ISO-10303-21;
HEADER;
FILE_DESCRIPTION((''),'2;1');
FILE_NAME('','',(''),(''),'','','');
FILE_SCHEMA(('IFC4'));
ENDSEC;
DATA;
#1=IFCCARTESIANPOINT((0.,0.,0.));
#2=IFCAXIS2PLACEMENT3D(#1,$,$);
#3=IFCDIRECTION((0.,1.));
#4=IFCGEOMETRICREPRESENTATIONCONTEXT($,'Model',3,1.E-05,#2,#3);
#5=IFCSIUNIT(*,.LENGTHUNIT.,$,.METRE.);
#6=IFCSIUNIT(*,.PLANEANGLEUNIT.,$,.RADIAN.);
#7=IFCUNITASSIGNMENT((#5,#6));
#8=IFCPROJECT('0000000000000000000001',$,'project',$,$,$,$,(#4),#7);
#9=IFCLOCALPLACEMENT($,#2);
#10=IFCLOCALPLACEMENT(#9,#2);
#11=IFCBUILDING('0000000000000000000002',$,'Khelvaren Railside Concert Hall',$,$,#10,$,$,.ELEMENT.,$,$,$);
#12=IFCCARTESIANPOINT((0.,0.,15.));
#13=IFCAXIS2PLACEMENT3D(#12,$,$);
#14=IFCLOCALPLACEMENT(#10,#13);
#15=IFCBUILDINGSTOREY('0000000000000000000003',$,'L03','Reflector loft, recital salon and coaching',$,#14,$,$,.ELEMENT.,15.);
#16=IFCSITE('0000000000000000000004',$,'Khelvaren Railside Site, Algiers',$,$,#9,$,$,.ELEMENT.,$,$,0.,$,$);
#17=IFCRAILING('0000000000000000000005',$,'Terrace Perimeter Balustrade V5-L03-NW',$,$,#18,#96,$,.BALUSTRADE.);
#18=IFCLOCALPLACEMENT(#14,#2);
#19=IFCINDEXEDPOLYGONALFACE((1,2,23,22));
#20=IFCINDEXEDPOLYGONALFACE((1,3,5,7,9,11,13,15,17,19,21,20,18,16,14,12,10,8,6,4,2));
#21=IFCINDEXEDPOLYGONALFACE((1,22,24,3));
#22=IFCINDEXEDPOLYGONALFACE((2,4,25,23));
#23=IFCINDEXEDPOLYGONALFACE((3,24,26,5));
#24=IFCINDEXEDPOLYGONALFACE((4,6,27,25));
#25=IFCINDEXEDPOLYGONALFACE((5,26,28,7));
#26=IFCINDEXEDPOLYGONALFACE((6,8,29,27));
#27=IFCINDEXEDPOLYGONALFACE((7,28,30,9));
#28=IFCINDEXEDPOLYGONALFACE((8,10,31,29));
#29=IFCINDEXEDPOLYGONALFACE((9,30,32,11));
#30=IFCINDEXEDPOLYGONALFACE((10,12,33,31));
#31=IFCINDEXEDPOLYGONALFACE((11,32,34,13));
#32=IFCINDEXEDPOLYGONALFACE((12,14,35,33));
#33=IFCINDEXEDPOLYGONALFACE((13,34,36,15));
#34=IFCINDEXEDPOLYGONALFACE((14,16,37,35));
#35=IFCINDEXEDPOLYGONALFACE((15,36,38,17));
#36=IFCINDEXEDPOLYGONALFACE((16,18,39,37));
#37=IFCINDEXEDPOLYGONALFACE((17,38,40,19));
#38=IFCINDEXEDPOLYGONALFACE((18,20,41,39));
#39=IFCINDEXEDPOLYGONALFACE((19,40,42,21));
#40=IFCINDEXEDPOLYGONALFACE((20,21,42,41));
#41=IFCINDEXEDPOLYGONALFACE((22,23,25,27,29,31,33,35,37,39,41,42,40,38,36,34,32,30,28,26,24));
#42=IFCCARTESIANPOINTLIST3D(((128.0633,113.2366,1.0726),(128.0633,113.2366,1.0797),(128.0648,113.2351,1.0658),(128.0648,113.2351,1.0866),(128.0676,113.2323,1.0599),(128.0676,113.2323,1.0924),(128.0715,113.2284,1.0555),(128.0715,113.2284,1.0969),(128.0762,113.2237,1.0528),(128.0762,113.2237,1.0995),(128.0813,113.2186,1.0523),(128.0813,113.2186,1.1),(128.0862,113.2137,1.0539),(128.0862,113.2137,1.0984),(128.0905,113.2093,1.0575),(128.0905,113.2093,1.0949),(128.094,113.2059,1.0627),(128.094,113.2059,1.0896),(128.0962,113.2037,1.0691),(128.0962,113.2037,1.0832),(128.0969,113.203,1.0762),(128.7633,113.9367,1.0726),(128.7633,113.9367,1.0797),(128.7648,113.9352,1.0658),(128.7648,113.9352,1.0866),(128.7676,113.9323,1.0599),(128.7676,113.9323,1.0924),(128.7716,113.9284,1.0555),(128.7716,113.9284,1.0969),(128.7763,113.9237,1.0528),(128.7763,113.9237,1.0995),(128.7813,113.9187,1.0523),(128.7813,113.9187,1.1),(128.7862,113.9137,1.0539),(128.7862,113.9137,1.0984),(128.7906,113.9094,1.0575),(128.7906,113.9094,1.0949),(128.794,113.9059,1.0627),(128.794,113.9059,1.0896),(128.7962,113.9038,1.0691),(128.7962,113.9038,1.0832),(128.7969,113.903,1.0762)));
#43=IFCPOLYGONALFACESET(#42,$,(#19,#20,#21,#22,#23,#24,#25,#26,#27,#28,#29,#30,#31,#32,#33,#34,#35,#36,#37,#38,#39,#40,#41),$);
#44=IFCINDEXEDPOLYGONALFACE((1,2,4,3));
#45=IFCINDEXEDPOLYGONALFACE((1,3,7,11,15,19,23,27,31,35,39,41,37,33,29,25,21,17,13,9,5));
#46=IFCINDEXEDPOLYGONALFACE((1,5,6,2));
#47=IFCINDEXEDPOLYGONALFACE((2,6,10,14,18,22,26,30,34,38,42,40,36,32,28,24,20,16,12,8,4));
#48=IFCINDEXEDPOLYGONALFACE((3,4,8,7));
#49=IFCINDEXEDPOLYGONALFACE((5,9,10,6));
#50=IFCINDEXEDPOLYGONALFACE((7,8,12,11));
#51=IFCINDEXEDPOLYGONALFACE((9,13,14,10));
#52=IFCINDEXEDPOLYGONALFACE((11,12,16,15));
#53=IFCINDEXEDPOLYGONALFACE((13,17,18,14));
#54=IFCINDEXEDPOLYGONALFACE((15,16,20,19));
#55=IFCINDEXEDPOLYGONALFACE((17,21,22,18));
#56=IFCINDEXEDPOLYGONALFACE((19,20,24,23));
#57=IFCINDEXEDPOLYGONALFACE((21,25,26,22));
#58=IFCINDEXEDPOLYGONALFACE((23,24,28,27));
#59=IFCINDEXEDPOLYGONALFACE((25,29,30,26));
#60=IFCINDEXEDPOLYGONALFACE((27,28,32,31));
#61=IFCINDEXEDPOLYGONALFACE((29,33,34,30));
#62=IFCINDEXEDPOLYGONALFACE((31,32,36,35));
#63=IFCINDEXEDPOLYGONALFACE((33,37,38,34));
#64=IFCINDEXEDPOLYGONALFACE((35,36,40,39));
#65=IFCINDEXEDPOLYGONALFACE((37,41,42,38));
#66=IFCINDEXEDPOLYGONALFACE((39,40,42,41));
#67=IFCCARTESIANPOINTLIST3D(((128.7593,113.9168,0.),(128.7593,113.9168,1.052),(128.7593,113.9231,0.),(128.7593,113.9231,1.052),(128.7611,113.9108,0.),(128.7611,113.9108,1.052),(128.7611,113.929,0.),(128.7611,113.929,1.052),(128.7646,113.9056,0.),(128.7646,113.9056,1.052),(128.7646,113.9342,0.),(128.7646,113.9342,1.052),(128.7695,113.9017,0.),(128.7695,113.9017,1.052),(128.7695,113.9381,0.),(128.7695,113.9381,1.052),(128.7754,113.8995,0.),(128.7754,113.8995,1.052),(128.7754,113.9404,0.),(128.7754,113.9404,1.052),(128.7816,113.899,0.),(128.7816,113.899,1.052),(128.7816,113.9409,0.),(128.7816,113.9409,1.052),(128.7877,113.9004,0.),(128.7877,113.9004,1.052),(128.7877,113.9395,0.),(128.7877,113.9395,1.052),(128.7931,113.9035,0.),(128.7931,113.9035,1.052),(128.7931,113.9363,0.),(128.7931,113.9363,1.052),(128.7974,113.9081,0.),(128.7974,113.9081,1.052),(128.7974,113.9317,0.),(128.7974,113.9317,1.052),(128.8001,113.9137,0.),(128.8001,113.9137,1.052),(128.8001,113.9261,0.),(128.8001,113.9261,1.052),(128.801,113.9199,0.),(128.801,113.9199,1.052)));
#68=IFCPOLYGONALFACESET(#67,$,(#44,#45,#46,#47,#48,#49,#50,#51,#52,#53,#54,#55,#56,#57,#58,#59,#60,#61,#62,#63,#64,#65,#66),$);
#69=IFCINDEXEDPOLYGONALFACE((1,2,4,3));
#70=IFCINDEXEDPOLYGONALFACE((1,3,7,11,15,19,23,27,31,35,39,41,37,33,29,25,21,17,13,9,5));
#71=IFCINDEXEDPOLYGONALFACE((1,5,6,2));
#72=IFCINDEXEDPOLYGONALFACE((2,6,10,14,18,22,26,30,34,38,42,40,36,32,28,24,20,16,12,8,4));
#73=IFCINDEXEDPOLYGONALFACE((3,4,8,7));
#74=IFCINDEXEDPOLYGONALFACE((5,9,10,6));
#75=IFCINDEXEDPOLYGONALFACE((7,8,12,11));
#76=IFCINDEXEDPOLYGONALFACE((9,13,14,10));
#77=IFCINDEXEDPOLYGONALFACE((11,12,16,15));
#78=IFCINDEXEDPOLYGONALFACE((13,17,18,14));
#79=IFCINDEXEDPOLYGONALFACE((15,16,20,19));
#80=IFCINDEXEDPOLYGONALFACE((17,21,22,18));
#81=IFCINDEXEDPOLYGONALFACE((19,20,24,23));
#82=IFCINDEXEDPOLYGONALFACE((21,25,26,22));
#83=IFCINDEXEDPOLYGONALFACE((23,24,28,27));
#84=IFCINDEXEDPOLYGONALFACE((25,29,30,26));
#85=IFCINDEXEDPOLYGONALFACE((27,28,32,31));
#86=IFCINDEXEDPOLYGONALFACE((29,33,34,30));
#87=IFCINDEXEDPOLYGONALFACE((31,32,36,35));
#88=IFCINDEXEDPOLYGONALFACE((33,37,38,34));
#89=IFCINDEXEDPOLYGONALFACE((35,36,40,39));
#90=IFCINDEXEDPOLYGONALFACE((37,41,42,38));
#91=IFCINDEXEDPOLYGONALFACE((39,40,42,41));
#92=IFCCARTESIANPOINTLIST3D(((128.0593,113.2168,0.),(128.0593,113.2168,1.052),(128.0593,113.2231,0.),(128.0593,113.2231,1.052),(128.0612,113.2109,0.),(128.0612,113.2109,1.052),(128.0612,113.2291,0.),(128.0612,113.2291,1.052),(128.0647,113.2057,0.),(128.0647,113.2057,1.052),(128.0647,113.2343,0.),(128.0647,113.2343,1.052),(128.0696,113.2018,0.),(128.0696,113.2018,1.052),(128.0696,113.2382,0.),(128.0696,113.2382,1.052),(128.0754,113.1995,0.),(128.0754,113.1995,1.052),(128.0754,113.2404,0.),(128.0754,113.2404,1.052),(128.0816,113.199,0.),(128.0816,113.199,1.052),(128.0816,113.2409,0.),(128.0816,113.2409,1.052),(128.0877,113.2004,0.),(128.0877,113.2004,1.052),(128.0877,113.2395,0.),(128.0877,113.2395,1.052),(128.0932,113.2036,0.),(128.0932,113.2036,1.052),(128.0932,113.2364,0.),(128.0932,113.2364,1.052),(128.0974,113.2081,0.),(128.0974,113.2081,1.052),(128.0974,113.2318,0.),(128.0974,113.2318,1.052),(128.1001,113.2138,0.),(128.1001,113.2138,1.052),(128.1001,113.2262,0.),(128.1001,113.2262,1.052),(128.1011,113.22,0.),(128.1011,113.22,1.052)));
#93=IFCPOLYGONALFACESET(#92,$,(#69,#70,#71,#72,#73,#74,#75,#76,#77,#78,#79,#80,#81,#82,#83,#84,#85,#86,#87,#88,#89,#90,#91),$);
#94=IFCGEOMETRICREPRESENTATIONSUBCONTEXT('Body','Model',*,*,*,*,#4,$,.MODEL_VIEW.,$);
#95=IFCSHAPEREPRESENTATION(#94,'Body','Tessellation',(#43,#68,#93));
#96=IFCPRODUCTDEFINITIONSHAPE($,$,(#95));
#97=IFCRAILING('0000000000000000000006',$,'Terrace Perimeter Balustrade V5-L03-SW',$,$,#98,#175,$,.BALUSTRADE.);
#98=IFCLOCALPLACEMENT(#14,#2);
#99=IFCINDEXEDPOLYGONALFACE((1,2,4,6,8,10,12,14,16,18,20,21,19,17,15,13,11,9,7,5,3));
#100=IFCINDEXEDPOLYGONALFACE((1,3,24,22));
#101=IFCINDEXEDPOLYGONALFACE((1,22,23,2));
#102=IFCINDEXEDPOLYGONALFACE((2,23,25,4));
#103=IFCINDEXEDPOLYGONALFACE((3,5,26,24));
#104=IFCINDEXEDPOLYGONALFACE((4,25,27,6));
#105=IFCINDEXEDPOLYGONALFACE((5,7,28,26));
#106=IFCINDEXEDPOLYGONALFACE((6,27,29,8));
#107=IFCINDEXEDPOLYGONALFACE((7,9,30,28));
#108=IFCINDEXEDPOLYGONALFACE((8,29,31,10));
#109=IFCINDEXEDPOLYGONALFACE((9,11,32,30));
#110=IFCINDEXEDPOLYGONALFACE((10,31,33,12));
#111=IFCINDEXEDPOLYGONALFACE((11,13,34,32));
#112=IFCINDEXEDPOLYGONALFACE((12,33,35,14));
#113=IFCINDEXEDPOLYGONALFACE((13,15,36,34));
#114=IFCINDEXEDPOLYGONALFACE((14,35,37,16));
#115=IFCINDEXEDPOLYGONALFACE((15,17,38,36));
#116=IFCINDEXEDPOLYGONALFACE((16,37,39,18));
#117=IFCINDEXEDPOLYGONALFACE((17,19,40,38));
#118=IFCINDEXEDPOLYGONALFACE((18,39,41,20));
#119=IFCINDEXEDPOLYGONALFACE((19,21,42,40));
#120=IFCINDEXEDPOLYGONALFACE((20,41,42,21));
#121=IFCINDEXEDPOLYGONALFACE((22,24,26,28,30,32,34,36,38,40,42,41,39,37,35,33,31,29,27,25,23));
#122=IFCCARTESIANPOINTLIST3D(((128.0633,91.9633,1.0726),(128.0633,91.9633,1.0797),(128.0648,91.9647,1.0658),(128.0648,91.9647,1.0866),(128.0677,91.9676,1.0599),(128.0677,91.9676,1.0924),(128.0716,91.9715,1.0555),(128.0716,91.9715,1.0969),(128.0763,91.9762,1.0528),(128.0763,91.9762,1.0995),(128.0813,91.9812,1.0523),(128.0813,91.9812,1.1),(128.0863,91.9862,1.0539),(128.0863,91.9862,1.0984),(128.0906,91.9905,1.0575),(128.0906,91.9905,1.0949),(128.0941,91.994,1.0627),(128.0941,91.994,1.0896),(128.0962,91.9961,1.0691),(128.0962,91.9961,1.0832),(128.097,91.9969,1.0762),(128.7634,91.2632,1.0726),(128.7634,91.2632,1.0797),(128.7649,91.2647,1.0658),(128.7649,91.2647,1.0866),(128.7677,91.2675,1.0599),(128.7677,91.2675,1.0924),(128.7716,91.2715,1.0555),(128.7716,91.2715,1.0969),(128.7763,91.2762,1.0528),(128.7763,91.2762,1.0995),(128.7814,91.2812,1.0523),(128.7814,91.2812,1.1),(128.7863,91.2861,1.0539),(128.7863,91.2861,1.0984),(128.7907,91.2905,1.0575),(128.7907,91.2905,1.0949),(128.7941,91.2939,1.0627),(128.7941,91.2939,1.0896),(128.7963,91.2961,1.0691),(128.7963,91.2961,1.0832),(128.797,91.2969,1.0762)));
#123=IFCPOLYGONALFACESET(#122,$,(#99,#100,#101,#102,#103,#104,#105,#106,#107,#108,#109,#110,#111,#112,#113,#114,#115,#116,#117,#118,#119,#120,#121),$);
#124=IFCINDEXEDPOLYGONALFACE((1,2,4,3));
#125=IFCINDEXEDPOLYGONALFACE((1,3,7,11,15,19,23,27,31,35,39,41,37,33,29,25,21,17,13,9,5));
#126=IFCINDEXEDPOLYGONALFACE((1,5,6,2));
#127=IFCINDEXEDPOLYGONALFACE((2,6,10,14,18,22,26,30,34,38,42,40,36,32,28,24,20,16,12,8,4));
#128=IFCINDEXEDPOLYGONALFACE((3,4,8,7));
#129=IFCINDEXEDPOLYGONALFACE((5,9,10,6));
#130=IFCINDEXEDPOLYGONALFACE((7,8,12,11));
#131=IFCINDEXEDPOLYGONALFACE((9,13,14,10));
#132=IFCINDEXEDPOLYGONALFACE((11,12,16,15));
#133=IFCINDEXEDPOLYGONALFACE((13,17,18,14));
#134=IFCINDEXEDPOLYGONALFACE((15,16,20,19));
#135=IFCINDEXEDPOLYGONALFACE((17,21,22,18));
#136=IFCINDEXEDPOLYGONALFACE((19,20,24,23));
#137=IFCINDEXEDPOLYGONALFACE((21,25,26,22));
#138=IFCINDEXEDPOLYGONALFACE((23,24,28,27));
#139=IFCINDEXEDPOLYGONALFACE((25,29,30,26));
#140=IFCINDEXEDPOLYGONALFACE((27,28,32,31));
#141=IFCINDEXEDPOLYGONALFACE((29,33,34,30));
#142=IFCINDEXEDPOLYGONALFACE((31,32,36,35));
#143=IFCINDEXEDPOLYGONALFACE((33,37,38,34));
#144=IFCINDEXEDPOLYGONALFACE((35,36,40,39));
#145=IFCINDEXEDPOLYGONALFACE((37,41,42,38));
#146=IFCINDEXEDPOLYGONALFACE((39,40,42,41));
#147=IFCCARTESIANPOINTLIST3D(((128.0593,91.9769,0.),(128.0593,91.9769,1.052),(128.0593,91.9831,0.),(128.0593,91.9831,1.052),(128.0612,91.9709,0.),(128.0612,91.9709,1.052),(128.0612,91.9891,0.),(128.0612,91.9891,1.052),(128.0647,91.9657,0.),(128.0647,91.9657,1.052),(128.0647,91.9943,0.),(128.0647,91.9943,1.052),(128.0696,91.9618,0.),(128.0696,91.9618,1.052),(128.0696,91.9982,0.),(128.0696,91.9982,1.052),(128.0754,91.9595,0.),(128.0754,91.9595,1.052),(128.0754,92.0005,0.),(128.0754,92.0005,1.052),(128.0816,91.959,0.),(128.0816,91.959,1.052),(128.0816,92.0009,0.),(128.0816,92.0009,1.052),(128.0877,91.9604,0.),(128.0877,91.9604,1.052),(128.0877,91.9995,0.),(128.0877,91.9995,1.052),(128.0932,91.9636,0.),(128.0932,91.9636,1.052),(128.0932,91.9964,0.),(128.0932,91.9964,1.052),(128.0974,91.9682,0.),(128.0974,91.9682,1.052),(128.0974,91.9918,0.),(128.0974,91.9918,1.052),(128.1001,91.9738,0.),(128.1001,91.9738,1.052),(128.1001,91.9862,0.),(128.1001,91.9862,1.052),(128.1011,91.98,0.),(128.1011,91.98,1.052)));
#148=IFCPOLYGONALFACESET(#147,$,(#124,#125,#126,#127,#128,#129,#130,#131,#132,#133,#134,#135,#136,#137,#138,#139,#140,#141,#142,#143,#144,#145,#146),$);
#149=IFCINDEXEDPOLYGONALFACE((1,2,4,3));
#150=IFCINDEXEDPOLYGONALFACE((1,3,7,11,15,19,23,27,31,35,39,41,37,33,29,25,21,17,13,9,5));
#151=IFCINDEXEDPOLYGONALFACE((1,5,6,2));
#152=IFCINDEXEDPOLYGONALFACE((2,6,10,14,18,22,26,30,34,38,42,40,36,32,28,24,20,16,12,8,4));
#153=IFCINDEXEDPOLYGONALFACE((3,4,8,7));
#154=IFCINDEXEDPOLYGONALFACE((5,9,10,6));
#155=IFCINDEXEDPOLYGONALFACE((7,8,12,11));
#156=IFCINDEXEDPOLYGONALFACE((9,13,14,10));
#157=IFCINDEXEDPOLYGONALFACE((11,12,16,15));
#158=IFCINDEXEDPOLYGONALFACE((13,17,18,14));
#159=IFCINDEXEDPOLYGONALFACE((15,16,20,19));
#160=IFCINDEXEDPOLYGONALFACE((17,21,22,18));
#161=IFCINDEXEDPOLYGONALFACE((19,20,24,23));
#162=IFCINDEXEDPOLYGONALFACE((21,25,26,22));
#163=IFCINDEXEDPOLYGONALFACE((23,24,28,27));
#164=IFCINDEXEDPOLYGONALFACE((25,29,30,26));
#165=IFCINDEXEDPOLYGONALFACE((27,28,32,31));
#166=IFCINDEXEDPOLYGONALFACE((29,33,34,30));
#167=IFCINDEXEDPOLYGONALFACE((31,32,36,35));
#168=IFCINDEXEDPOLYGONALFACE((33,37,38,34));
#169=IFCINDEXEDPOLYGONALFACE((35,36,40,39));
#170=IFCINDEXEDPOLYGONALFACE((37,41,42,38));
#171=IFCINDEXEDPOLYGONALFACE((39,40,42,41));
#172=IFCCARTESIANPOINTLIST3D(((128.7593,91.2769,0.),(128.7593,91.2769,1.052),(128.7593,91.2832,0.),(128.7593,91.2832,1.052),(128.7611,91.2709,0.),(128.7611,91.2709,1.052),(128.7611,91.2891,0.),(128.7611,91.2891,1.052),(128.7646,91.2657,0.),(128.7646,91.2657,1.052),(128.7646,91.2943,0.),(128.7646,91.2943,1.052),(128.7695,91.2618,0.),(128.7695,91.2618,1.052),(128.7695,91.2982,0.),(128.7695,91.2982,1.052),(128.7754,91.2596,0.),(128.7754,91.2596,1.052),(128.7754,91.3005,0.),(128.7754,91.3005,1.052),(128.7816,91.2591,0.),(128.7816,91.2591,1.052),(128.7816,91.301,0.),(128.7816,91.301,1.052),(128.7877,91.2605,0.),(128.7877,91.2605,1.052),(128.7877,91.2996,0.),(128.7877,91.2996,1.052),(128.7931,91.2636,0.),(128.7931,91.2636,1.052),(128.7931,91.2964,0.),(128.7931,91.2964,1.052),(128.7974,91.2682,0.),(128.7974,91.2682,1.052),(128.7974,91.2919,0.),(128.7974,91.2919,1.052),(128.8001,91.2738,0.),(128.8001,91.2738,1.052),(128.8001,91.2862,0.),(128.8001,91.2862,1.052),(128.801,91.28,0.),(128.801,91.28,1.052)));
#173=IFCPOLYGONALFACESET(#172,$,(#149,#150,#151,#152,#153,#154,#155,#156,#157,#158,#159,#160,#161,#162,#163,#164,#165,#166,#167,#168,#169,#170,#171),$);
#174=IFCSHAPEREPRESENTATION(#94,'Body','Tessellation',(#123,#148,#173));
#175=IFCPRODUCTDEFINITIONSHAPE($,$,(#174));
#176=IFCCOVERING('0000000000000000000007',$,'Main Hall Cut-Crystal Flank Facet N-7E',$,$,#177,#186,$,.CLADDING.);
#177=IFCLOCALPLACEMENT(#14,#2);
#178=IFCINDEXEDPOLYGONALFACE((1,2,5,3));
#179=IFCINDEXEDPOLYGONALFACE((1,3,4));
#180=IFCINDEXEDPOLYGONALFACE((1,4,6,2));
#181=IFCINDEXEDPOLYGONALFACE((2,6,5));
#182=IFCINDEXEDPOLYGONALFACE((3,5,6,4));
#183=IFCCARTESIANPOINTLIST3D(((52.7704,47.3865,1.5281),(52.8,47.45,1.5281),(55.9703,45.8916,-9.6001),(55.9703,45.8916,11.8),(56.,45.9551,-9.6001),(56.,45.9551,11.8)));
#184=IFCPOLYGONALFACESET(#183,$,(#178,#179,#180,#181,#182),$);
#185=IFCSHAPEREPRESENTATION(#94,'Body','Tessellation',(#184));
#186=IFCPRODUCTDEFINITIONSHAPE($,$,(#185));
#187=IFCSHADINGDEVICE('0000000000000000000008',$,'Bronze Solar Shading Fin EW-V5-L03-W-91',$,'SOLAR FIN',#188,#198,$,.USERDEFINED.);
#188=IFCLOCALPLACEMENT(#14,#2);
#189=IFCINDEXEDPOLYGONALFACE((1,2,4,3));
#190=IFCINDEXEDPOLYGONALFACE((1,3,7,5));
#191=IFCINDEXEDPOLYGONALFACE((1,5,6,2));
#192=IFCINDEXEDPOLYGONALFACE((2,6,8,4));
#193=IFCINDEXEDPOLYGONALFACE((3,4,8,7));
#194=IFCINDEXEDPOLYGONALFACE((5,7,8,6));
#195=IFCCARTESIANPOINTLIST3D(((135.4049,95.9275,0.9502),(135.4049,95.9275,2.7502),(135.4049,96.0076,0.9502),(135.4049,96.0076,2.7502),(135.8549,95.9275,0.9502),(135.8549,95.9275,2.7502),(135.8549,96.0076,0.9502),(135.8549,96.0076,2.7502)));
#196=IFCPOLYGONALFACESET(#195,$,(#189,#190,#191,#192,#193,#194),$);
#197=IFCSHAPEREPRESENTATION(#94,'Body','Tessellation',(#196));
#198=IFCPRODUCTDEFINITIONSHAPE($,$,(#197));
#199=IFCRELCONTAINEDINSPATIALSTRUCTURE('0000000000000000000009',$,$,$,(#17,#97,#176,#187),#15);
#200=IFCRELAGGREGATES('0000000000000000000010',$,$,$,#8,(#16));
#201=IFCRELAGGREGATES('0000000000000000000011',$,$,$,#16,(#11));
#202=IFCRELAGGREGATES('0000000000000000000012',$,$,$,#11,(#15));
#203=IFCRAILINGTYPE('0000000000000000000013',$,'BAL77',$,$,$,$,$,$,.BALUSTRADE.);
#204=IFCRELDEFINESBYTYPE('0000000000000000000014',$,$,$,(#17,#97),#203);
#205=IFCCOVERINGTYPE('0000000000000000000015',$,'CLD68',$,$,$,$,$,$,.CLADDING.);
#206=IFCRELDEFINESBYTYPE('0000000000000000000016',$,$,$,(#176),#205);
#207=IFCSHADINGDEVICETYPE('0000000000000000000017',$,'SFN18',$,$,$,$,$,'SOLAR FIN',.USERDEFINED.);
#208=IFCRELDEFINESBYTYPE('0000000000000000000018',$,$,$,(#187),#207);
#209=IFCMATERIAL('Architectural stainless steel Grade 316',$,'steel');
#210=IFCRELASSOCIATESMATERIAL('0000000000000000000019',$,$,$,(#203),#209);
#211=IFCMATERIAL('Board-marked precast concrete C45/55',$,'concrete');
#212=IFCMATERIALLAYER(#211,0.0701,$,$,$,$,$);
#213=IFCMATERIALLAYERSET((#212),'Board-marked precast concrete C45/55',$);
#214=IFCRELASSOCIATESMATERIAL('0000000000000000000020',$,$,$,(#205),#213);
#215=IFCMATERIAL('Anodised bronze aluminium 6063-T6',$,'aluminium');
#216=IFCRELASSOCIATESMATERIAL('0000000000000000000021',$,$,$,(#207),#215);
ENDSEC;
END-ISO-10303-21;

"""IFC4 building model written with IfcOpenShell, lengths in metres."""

from ifc_helpers import new_model, si_unit, direction, frame, origin, origin_2d, place, context, subcontext, project, spatial, polyline, rectangle, circle, outline, extrude, material, layer, layer_set, type_object, element, save


model = new_model("IFC4")

# Units and contexts
model_context = context("Model", 3, precision=1e-05, world=origin(), true_north=direction((0.0, 1.0)))
body_context = subcontext(model_context, "Body", "Model", "MODEL_VIEW")
ifc_project = project(units=[si_unit("LENGTHUNIT", "METRE"), si_unit("PLANEANGLEUNIT", "RADIAN")], contexts=[model_context])

# Site, building, storey
site_placement = place(None, origin())
site = spatial("IfcSite", under=ifc_project, at=site_placement, Name="Khelvaren Railside Site, Algiers", CompositionType="ELEMENT", RefElevation=0.0)
building_placement = place(site_placement, origin())
building = spatial("IfcBuilding", under=site, at=building_placement, Name="Khelvaren Railside Concert Hall", CompositionType="ELEMENT")
storey_placement = place(building_placement, frame((0.0, 0.0, 15.0)))
storey = spatial("IfcBuildingStorey", under=building, at=storey_placement, Name="L03", Description="Reflector loft, recital salon and coaching", CompositionType="ELEMENT", Elevation=15.0)

# Railings
ifc_material_1 = material(Name="Architectural stainless steel Grade 316", Category="steel")
railing_type = type_object("IfcRailingType", Name="BAL77", PredefinedType="BALUSTRADE", material=ifc_material_1)
railing_1_placement = place(storey_placement, frame((128.78, 113.9199, 0.0)))
element("IfcRailing", 1, at=railing_1_placement, inside=storey, type_object=railing_type, Name="Terrace Perimeter Balustrade V5-L03-NW", PredefinedType="BALUSTRADE", context=body_context, shape_type="SweptSolid", body=[
    extrude(circle(Radius=0.0239, at=origin_2d()), frame((0.0, 0.0, 1.0762), z_axis=(-0.707107, -0.707107, 0.0), x_axis=(0.707107, -0.707107, 0.0)), (0.0, 0.0, 1.0), 0.99),
    extrude(circle(Radius=0.021, at=origin_2d()), origin(), (0.0, 0.0, 1.0), 1.052),
    extrude(circle(Radius=0.021, at=origin_2d()), frame((-0.7, -0.7, 0.0)), (0.0, 0.0, 1.0), 1.052),
])
railing_2_placement = place(storey_placement, frame((128.0801, 91.98, 0.0)))
element("IfcRailing", 2, at=railing_2_placement, inside=storey, type_object=railing_type, Name="Terrace Perimeter Balustrade V5-L03-SW", PredefinedType="BALUSTRADE", context=body_context, shape_type="SweptSolid", body=[
    extrude(circle(Radius=0.0239, at=origin_2d()), frame((0.0, 0.0, 1.0762), z_axis=(0.707107, -0.707107, 0.0), x_axis=(0.707107, 0.707107, 0.0)), (0.0, 0.0, 1.0), 0.99),
    extrude(circle(Radius=0.021, at=origin_2d()), origin(), (0.0, 0.0, 1.0), 1.052),
    extrude(circle(Radius=0.021, at=origin_2d()), frame((0.7, -0.7, 0.0)), (0.0, 0.0, 1.0), 1.052),
])

# Covering
ifc_material_2 = material(Name="Board-marked precast concrete C45/55", Category="concrete")
ifc_layer_1 = layer(ifc_material_2, 0.0701)
ifc_layer_set_1 = layer_set([ifc_layer_1], Name="Board-marked precast concrete C45/55")
covering_type = type_object("IfcCoveringType", Name="CLD68", PredefinedType="CLADDING", material=ifc_layer_set_1)
covering_placement = place(storey_placement, frame((56.0, 45.9551, 11.8), z_axis=(0.423249, 0.906014, 0.0), x_axis=(0.0, 0.0, -1.0)))
element("IfcCovering", 3, at=covering_placement, inside=storey, type_object=covering_type, Name="Main Hall Cut-Crystal Flank Facet N-7E", PredefinedType="CLADDING", context=body_context, shape_type="SweptSolid", body=[
    extrude(outline(polyline([(0.0, 0.0), (21.4001, 0.0), (10.272, 3.5319), (0.0, 0.0)])), origin(), (0.0, 0.0, -1.0), 0.0701),
])

# Shading device
ifc_material_3 = material(Name="Anodised bronze aluminium 6063-T6", Category="aluminium")
shading_device_type = type_object("IfcShadingDeviceType", Name="SFN18", ElementType="SOLAR FIN", PredefinedType="USERDEFINED", material=ifc_material_3)
shading_device_placement = place(storey_placement, frame((135.6299, 95.9675, 0.9502), z_axis=(0.0, 0.0, 1.0), x_axis=(0.0, 1.0, 0.0)))
element("IfcShadingDevice", 4, at=shading_device_placement, inside=storey, type_object=shading_device_type, Name="Bronze Solar Shading Fin EW-V5-L03-W-91", ObjectType="SOLAR FIN", PredefinedType="USERDEFINED", context=body_context, shape_type="SweptSolid", body=[
    extrude(rectangle(XDim=0.0801, YDim=0.45, at=origin_2d()), origin(), (0.0, 0.0, 1.0), 1.8),
])

save(model, "model.ifc")
